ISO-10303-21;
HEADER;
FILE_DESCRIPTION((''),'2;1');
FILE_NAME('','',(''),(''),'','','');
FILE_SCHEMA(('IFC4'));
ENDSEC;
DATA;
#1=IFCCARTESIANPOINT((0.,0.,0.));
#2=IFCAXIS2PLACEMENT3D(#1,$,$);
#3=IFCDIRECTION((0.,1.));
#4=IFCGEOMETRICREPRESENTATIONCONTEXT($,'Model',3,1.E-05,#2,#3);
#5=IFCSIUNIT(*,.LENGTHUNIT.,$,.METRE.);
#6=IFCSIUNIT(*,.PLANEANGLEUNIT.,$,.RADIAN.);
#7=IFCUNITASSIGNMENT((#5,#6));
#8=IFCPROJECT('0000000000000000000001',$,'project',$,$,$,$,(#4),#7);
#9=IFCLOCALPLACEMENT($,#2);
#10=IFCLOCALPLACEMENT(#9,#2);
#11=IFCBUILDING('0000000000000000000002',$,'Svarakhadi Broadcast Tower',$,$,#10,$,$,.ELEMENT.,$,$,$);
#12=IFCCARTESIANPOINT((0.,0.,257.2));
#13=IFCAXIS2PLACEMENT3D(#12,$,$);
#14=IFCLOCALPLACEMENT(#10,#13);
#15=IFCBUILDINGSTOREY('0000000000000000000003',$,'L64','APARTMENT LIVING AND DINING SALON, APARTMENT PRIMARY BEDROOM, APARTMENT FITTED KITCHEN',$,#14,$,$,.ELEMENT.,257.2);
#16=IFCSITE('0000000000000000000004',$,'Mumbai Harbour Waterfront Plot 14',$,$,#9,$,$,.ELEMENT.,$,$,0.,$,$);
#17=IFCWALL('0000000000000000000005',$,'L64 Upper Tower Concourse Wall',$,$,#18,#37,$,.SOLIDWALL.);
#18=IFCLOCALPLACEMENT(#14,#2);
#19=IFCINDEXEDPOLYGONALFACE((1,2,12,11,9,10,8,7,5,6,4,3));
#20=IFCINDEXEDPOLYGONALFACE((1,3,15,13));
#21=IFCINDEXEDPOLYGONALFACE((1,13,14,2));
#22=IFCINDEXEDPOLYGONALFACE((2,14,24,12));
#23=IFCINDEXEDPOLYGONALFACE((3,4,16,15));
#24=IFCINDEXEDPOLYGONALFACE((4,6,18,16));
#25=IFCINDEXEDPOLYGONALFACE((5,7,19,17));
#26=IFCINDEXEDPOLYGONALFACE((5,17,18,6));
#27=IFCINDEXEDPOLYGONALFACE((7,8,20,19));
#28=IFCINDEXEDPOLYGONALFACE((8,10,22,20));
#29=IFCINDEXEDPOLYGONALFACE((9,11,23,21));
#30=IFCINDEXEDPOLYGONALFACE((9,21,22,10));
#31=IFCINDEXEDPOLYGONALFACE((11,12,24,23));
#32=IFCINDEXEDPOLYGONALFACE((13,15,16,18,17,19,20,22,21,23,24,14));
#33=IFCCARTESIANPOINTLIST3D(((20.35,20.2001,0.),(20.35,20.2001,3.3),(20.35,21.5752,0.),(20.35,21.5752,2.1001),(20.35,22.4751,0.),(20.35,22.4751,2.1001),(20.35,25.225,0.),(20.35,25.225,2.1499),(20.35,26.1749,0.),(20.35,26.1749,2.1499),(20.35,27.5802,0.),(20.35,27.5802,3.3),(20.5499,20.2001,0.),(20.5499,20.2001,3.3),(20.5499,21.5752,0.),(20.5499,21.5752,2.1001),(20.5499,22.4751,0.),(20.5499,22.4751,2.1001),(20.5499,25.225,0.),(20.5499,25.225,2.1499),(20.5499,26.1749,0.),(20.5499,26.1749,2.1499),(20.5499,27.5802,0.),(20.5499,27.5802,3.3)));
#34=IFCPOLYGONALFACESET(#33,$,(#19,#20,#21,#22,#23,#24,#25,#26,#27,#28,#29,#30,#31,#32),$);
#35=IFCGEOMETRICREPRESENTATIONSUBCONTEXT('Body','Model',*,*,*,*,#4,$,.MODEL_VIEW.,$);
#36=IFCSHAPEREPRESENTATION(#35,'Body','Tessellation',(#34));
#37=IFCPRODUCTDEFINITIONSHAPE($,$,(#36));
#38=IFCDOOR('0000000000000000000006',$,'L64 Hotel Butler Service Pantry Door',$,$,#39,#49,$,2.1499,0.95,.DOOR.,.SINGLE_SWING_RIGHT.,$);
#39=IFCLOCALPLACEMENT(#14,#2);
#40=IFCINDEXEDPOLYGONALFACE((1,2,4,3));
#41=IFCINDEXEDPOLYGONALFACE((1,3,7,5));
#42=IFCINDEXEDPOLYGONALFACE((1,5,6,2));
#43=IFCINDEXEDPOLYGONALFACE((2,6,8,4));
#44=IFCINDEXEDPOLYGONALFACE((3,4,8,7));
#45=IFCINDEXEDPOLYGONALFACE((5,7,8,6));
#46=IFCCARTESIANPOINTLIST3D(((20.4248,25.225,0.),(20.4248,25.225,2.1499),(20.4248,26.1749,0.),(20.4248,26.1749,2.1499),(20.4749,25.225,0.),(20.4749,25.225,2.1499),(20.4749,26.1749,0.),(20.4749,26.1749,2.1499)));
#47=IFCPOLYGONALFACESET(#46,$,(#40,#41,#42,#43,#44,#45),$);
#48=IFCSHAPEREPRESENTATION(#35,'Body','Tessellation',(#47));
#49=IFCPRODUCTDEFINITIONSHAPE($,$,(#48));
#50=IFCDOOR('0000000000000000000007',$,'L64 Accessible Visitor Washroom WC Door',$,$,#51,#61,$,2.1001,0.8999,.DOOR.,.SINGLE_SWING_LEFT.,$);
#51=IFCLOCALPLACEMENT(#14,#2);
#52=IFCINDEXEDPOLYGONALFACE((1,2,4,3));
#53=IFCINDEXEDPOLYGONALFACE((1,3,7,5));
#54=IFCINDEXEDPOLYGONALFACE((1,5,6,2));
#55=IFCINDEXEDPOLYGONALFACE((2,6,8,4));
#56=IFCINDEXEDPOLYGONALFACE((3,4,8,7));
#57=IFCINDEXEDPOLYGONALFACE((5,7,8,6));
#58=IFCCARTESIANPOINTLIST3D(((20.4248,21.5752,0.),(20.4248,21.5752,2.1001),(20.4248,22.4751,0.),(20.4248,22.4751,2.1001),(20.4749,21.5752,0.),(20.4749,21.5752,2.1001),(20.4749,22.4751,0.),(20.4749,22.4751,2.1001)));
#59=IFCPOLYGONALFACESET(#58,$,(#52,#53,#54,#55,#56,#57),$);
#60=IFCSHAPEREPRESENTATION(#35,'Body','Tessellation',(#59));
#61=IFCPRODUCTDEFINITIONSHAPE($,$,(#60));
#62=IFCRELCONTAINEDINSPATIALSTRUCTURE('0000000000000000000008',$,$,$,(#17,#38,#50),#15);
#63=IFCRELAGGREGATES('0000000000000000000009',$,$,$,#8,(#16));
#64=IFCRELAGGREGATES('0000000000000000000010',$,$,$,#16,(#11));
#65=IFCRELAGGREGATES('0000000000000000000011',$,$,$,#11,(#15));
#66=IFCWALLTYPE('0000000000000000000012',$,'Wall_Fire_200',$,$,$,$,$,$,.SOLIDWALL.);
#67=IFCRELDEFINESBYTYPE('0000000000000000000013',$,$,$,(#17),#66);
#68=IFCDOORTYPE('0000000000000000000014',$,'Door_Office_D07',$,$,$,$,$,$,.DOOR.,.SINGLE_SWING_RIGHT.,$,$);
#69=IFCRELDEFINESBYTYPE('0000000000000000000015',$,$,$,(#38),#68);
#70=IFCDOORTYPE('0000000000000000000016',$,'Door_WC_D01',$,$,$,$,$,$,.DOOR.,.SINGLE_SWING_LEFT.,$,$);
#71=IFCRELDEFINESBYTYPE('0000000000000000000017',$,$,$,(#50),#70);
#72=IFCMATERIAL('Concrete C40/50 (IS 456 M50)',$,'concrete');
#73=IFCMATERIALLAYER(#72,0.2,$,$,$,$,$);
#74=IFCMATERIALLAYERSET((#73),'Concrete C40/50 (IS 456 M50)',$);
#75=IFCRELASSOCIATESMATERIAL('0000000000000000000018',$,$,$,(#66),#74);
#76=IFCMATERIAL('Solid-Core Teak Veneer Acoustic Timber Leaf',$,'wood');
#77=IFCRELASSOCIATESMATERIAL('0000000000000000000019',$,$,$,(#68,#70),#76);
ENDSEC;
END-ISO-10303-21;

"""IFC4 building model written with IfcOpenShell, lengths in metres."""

from ifc_helpers import new_model, si_unit, direction, frame, frame_2d, origin, place, context, subcontext, project, spatial, rectangle, extrude, material, layer, layer_set, type_object, element, fill, save


model = new_model("IFC4")

# Units and contexts
model_context = context("Model", 3, precision=1e-05, world=origin(), true_north=direction((0.0, 1.0)))
body_context = subcontext(model_context, "Body", "Model", "MODEL_VIEW")
ifc_project = project(units=[si_unit("LENGTHUNIT", "METRE"), si_unit("PLANEANGLEUNIT", "RADIAN")], contexts=[model_context])

# Site, building, storey
site_placement = place(None, origin())
site = spatial("IfcSite", under=ifc_project, at=site_placement, Name="Mumbai Harbour Waterfront Plot 14", CompositionType="ELEMENT", RefElevation=0.0)
building_placement = place(site_placement, origin())
building = spatial("IfcBuilding", under=site, at=building_placement, Name="Svarakhadi Broadcast Tower", CompositionType="ELEMENT")
storey_placement = place(building_placement, frame((0.0, 0.0, 257.2)))
storey = spatial("IfcBuildingStorey", under=building, at=storey_placement, Name="L64", Description="APARTMENT LIVING AND DINING SALON, APARTMENT PRIMARY BEDROOM, APARTMENT FITTED KITCHEN", CompositionType="ELEMENT", Elevation=257.2)

# Shared definitions
ifc_material_1 = material(Name="Concrete C40/50 (IS 456 M50)", Category="concrete")
ifc_layer_1 = layer(ifc_material_1, 0.2)
ifc_layer_set_1 = layer_set([ifc_layer_1], Name="Concrete C40/50 (IS 456 M50)")
wall_type = type_object("IfcWallType", Name="Wall_Fire_200", PredefinedType="SOLIDWALL", material=ifc_layer_set_1)

# Wall, openings, doors
wall_1_placement = place(storey_placement, frame((20.45, 27.5801, 0.0), z_axis=(0.0, 0.0, 1.0), x_axis=(0.0, -1.0, 0.0)))
wall_1 = element("IfcWall", 1, at=wall_1_placement, inside=storey, type_object=wall_type, Name="L64 Upper Tower Concourse Wall", PredefinedType="SOLIDWALL", context=body_context, shape_type="SweptSolid", body=[
    extrude(rectangle(XDim=7.3801, YDim=0.2, at=frame_2d((3.6899, 0.0))), origin(), (0.0, 0.0, 1.0), 3.3),
])
opening_1_placement = place(wall_1_placement, frame((5.105, 0.0, 0.0)))
opening_1 = element("IfcOpeningElement", 2, at=opening_1_placement, cuts=wall_1, PredefinedType="OPENING", context=body_context, shape_type="SweptSolid", body=[
    extrude(rectangle(XDim=0.8999, YDim=2.1001, at=frame_2d((0.45, 1.05))), frame((0.0, 0.1099, 0.0), z_axis=(0.0, -1.0, 0.0), x_axis=(1.0, 0.0, 0.0)), (0.0, 0.0, 1.0), 0.22),
])
opening_2_placement = place(wall_1_placement, frame((1.405, 0.0, 0.0)))
opening_2 = element("IfcOpeningElement", 3, at=opening_2_placement, cuts=wall_1, PredefinedType="OPENING", context=body_context, shape_type="SweptSolid", body=[
    extrude(rectangle(XDim=0.95, YDim=2.1499, at=frame_2d((0.4751, 1.075))), frame((0.0, 0.1099, 0.0), z_axis=(0.0, -1.0, 0.0), x_axis=(1.0, 0.0, 0.0)), (0.0, 0.0, 1.0), 0.22),
])
ifc_material_2 = material(Name="Solid-Core Teak Veneer Acoustic Timber Leaf", Category="wood")
door_type_1 = type_object("IfcDoorType", Name="Door_Office_D07", OperationType="SINGLE_SWING_RIGHT", PredefinedType="DOOR", material=ifc_material_2)
door_1_placement = place(opening_2_placement, origin())
door_1 = element("IfcDoor", 4, at=door_1_placement, inside=storey, type_object=door_type_1, Name="L64 Hotel Butler Service Pantry Door", OperationType="SINGLE_SWING_RIGHT", OverallHeight=2.1499, OverallWidth=0.95, PredefinedType="DOOR", context=body_context, shape_type="SweptSolid", body=[
    extrude(rectangle(XDim=0.95, YDim=2.1499, at=frame_2d((0.4751, 1.075))), frame((0.0, 0.0249, 0.0), z_axis=(0.0, -1.0, 0.0), x_axis=(1.0, 0.0, 0.0)), (0.0, 0.0, 1.0), 0.05),
])
fill(opening_2, door_1)
door_type_2 = type_object("IfcDoorType", Name="Door_WC_D01", OperationType="SINGLE_SWING_LEFT", PredefinedType="DOOR", material=ifc_material_2)
door_2_placement = place(opening_1_placement, origin())
door_2 = element("IfcDoor", 5, at=door_2_placement, inside=storey, type_object=door_type_2, Name="L64 Accessible Visitor Washroom WC Door", OperationType="SINGLE_SWING_LEFT", OverallHeight=2.1001, OverallWidth=0.8999, PredefinedType="DOOR", context=body_context, shape_type="SweptSolid", body=[
    extrude(rectangle(XDim=0.8999, YDim=2.1001, at=frame_2d((0.45, 1.05))), frame((0.0, 0.0249, 0.0), z_axis=(0.0, -1.0, 0.0), x_axis=(1.0, 0.0, 0.0)), (0.0, 0.0, 1.0), 0.05),
])
fill(opening_1, door_2)

save(model, "model.ifc")
